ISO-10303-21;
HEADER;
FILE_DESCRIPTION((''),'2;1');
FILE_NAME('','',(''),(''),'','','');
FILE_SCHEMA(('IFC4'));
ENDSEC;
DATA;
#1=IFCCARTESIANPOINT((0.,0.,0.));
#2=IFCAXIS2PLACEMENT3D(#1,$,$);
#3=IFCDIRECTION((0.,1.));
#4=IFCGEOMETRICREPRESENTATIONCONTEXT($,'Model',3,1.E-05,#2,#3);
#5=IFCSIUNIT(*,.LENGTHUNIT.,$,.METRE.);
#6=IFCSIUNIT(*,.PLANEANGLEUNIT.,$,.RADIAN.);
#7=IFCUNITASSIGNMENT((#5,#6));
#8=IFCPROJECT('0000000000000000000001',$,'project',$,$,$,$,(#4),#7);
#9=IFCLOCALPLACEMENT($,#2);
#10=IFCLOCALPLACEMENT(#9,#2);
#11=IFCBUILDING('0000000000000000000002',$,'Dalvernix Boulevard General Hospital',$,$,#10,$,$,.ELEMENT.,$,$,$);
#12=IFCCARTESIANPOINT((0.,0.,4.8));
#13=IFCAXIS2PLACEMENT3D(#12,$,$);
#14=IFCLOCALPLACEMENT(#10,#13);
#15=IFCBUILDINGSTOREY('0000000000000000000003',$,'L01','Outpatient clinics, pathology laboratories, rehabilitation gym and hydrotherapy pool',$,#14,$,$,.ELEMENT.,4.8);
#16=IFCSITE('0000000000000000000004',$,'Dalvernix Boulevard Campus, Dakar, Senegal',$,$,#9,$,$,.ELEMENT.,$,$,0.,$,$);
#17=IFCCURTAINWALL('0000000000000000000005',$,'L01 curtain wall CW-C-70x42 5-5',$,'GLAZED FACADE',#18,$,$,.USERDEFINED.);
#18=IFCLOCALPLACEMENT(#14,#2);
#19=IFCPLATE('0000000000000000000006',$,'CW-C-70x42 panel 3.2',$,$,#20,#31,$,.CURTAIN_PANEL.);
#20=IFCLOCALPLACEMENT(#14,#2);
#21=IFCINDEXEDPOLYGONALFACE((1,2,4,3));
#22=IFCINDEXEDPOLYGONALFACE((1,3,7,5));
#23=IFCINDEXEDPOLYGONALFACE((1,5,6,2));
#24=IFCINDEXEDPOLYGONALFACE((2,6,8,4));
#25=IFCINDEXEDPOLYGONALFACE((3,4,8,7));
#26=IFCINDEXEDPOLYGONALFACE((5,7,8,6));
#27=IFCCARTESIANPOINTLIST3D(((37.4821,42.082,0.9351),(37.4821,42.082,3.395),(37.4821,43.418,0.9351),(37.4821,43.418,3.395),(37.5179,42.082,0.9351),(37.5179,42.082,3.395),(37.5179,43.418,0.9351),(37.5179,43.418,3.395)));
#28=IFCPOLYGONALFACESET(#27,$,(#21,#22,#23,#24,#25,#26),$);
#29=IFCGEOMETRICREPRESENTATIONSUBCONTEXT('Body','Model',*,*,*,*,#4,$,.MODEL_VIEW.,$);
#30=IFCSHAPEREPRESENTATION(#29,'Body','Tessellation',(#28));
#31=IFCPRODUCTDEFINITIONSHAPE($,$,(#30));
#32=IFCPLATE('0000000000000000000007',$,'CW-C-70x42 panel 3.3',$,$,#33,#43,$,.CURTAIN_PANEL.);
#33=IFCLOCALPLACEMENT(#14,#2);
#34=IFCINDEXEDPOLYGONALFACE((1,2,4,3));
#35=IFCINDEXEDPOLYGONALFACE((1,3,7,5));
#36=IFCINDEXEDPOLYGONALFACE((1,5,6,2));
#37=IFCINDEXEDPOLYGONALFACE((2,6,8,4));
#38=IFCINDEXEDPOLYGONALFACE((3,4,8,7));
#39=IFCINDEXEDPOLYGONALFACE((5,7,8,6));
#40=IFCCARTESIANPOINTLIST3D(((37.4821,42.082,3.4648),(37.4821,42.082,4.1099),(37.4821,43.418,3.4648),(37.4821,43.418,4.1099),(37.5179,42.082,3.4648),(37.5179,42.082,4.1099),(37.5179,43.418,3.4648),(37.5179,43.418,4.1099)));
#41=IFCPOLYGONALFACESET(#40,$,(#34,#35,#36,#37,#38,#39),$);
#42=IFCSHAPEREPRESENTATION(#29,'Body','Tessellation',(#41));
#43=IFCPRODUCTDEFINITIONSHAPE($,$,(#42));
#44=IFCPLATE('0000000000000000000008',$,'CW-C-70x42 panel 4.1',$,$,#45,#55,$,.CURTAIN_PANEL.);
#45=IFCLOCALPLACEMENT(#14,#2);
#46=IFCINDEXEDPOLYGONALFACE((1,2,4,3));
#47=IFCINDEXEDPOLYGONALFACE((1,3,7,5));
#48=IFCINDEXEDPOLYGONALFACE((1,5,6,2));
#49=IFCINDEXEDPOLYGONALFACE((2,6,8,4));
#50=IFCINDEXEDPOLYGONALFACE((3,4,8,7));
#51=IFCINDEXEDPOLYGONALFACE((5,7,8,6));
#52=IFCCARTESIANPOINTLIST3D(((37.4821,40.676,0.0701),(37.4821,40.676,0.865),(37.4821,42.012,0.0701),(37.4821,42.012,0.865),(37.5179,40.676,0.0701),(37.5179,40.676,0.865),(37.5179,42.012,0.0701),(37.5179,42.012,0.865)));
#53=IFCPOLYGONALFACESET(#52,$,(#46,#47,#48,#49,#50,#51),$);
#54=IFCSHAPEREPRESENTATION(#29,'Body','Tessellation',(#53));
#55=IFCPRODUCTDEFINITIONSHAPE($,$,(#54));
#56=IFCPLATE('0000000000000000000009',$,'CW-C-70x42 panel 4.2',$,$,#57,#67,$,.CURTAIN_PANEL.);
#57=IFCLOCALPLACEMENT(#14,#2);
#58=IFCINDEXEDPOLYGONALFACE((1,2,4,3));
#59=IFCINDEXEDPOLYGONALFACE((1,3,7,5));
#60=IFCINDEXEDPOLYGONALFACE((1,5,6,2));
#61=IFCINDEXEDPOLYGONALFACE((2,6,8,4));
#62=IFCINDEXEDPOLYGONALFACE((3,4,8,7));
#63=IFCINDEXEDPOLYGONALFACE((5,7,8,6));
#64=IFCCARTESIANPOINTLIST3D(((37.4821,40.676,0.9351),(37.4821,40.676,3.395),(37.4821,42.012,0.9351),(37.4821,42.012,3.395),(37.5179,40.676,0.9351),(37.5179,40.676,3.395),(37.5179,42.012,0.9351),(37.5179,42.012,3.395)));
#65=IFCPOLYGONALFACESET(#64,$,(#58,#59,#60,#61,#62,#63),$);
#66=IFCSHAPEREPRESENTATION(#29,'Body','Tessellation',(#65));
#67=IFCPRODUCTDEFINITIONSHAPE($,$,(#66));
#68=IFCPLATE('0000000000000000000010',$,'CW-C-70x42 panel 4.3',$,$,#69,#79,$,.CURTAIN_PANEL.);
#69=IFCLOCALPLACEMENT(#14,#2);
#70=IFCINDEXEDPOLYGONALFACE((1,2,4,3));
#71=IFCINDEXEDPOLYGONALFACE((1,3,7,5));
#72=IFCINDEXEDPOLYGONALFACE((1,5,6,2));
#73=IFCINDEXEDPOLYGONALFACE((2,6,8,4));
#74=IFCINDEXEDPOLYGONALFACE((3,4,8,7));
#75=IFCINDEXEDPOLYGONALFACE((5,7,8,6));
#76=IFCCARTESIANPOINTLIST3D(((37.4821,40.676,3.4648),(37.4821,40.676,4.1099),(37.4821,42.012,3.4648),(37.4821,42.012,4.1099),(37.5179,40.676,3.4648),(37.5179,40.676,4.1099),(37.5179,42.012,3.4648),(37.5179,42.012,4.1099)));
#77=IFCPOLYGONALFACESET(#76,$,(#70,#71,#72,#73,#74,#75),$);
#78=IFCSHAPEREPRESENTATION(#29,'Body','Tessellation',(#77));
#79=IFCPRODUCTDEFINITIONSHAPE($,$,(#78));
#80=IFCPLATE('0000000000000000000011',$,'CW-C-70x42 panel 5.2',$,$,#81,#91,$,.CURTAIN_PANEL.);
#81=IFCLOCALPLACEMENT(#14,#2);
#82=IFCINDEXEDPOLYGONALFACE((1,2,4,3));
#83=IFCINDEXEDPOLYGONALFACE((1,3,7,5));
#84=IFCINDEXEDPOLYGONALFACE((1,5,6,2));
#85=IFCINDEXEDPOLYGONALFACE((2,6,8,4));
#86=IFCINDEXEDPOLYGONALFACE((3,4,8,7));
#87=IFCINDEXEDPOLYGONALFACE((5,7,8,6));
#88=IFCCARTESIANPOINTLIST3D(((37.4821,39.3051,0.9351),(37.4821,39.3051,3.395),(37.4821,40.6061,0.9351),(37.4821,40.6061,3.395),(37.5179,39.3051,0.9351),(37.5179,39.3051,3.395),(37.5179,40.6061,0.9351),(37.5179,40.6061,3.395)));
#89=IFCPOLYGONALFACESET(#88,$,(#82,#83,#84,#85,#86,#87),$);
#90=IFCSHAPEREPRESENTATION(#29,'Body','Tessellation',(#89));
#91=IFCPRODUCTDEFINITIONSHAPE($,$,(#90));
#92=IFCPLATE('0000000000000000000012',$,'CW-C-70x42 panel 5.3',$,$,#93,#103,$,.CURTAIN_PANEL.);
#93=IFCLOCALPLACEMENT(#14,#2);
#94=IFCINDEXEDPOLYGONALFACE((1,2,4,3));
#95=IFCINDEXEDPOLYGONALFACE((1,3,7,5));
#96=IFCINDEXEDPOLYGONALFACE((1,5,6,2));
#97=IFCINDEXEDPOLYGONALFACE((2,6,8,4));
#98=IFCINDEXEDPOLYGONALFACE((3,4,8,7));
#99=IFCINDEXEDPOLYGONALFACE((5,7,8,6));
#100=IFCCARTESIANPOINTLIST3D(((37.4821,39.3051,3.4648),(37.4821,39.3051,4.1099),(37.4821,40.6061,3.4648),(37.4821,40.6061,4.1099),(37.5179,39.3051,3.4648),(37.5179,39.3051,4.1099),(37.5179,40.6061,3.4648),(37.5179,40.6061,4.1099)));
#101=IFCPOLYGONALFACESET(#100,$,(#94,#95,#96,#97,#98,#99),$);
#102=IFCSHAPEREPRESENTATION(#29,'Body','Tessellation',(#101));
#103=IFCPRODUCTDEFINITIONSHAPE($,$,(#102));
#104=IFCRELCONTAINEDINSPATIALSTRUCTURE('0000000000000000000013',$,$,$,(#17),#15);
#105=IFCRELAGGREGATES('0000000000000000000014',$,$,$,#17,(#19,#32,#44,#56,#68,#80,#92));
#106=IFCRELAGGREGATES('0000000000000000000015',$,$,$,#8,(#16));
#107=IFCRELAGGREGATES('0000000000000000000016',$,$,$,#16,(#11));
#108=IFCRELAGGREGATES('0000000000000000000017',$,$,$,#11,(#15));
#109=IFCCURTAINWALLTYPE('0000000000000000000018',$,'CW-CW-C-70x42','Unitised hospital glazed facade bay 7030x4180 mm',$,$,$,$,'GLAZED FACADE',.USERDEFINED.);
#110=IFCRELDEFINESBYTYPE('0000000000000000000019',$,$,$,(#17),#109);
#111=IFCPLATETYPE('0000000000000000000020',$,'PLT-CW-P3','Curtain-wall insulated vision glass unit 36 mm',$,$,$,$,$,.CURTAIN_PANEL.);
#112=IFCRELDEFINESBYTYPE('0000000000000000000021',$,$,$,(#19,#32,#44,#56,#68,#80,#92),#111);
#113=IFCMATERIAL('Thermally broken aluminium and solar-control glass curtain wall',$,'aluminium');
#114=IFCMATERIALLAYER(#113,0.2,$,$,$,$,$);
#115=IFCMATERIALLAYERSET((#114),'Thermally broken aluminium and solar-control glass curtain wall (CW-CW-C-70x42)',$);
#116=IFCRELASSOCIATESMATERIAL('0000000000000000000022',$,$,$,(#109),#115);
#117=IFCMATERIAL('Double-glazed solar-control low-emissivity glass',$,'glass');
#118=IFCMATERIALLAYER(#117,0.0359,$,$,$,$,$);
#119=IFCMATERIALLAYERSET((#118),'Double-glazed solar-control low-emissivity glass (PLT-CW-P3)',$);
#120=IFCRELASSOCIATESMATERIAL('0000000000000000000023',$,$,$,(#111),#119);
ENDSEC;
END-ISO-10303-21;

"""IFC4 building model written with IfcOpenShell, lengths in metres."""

from ifc_helpers import new_model, si_unit, direction, frame, origin, origin_2d, place, context, subcontext, project, spatial, rectangle, extrude, material, layer, layer_set, type_object, element, aggregate, save


model = new_model("IFC4")

# Units and contexts
model_context = context("Model", 3, precision=1e-05, world=origin(), true_north=direction((0.0, 1.0)))
body_context = subcontext(model_context, "Body", "Model", "MODEL_VIEW")
ifc_project = project(units=[si_unit("LENGTHUNIT", "METRE"), si_unit("PLANEANGLEUNIT", "RADIAN")], contexts=[model_context])

# Site, building, storey
site_placement = place(None, origin())
site = spatial("IfcSite", under=ifc_project, at=site_placement, Name="Dalvernix Boulevard Campus, Dakar, Senegal", CompositionType="ELEMENT", RefElevation=0.0)
building_placement = place(site_placement, origin())
building = spatial("IfcBuilding", under=site, at=building_placement, Name="Dalvernix Boulevard General Hospital", CompositionType="ELEMENT")
storey_placement = place(building_placement, frame((0.0, 0.0, 4.8)))
storey = spatial("IfcBuildingStorey", under=building, at=storey_placement, Name="L01", Description="Outpatient clinics, pathology laboratories, rehabilitation gym and hydrotherapy pool", CompositionType="ELEMENT", Elevation=4.8)

# Curtain wall, plates
ifc_material_1 = material(Name="Thermally broken aluminium and solar-control glass curtain wall", Category="aluminium")
ifc_layer_1 = layer(ifc_material_1, 0.2)
ifc_layer_set_1 = layer_set([ifc_layer_1], Name="Thermally broken aluminium and solar-control glass curtain wall (CW-CW-C-70x42)")
curtain_wall_type = type_object("IfcCurtainWallType", Name="CW-CW-C-70x42", Description="Unitised hospital glazed facade bay 7030x4180 mm", ElementType="GLAZED FACADE", PredefinedType="USERDEFINED", material=ifc_layer_set_1)
curtain_wall_placement = place(storey_placement, origin())
curtain_wall = element("IfcCurtainWall", 1, at=curtain_wall_placement, inside=storey, type_object=curtain_wall_type, Name="L01 curtain wall CW-C-70x42 5-5", ObjectType="GLAZED FACADE", PredefinedType="USERDEFINED")
ifc_material_2 = material(Name="Double-glazed solar-control low-emissivity glass", Category="glass")
ifc_layer_2 = layer(ifc_material_2, 0.0359)
ifc_layer_set_2 = layer_set([ifc_layer_2], Name="Double-glazed solar-control low-emissivity glass (PLT-CW-P3)")
plate_type = type_object("IfcPlateType", Name="PLT-CW-P3", Description="Curtain-wall insulated vision glass unit 36 mm", PredefinedType="CURTAIN_PANEL", material=ifc_layer_set_2)
plate_1_placement = place(storey_placement, frame((37.5, 42.75, 0.9351), z_axis=(0.0, 0.0, 1.0), x_axis=(0.0, -1.0, 0.0)))
plate_1 = element("IfcPlate", 2, at=plate_1_placement, type_object=plate_type, Name="CW-C-70x42 panel 3.2", PredefinedType="CURTAIN_PANEL", context=body_context, shape_type="SweptSolid", body=[
    extrude(rectangle(XDim=1.3359, YDim=0.0359, at=origin_2d()), origin(), (0.0, 0.0, 1.0), 2.46),
])
plate_2_placement = place(storey_placement, frame((37.5, 42.75, 3.4648), z_axis=(0.0, 0.0, 1.0), x_axis=(0.0, -1.0, 0.0)))
plate_2 = element("IfcPlate", 3, at=plate_2_placement, type_object=plate_type, Name="CW-C-70x42 panel 3.3", PredefinedType="CURTAIN_PANEL", context=body_context, shape_type="SweptSolid", body=[
    extrude(rectangle(XDim=1.3359, YDim=0.0359, at=origin_2d()), origin(), (0.0, 0.0, 1.0), 0.645),
])
plate_3_placement = place(storey_placement, frame((37.5, 41.344, 0.0701), z_axis=(0.0, 0.0, 1.0), x_axis=(0.0, -1.0, 0.0)))
plate_3 = element("IfcPlate", 4, at=plate_3_placement, type_object=plate_type, Name="CW-C-70x42 panel 4.1", PredefinedType="CURTAIN_PANEL", context=body_context, shape_type="SweptSolid", body=[
    extrude(rectangle(XDim=1.3359, YDim=0.0359, at=origin_2d()), origin(), (0.0, 0.0, 1.0), 0.7949),
])
plate_4_placement = place(storey_placement, frame((37.5, 41.344, 0.9351), z_axis=(0.0, 0.0, 1.0), x_axis=(0.0, -1.0, 0.0)))
plate_4 = element("IfcPlate", 5, at=plate_4_placement, type_object=plate_type, Name="CW-C-70x42 panel 4.2", PredefinedType="CURTAIN_PANEL", context=body_context, shape_type="SweptSolid", body=[
    extrude(rectangle(XDim=1.3359, YDim=0.0359, at=origin_2d()), origin(), (0.0, 0.0, 1.0), 2.46),
])
plate_5_placement = place(storey_placement, frame((37.5, 41.344, 3.4648), z_axis=(0.0, 0.0, 1.0), x_axis=(0.0, -1.0, 0.0)))
plate_5 = element("IfcPlate", 6, at=plate_5_placement, type_object=plate_type, Name="CW-C-70x42 panel 4.3", PredefinedType="CURTAIN_PANEL", context=body_context, shape_type="SweptSolid", body=[
    extrude(rectangle(XDim=1.3359, YDim=0.0359, at=origin_2d()), origin(), (0.0, 0.0, 1.0), 0.645),
])
plate_6_placement = place(storey_placement, frame((37.5, 39.9556, 0.9351), z_axis=(0.0, 0.0, 1.0), x_axis=(0.0, -1.0, 0.0)))
plate_6 = element("IfcPlate", 7, at=plate_6_placement, type_object=plate_type, Name="CW-C-70x42 panel 5.2", PredefinedType="CURTAIN_PANEL", context=body_context, shape_type="SweptSolid", body=[
    extrude(rectangle(XDim=1.301, YDim=0.0359, at=origin_2d()), origin(), (0.0, 0.0, 1.0), 2.46),
])
plate_7_placement = place(storey_placement, frame((37.5, 39.9556, 3.4648), z_axis=(0.0, 0.0, 1.0), x_axis=(0.0, -1.0, 0.0)))
plate_7 = element("IfcPlate", 8, at=plate_7_placement, type_object=plate_type, Name="CW-C-70x42 panel 5.3", PredefinedType="CURTAIN_PANEL", context=body_context, shape_type="SweptSolid", body=[
    extrude(rectangle(XDim=1.301, YDim=0.0359, at=origin_2d()), origin(), (0.0, 0.0, 1.0), 0.645),
])
aggregate(curtain_wall, [plate_1, plate_2, plate_3, plate_4, plate_5, plate_6, plate_7])

save(model, "model.ifc")
